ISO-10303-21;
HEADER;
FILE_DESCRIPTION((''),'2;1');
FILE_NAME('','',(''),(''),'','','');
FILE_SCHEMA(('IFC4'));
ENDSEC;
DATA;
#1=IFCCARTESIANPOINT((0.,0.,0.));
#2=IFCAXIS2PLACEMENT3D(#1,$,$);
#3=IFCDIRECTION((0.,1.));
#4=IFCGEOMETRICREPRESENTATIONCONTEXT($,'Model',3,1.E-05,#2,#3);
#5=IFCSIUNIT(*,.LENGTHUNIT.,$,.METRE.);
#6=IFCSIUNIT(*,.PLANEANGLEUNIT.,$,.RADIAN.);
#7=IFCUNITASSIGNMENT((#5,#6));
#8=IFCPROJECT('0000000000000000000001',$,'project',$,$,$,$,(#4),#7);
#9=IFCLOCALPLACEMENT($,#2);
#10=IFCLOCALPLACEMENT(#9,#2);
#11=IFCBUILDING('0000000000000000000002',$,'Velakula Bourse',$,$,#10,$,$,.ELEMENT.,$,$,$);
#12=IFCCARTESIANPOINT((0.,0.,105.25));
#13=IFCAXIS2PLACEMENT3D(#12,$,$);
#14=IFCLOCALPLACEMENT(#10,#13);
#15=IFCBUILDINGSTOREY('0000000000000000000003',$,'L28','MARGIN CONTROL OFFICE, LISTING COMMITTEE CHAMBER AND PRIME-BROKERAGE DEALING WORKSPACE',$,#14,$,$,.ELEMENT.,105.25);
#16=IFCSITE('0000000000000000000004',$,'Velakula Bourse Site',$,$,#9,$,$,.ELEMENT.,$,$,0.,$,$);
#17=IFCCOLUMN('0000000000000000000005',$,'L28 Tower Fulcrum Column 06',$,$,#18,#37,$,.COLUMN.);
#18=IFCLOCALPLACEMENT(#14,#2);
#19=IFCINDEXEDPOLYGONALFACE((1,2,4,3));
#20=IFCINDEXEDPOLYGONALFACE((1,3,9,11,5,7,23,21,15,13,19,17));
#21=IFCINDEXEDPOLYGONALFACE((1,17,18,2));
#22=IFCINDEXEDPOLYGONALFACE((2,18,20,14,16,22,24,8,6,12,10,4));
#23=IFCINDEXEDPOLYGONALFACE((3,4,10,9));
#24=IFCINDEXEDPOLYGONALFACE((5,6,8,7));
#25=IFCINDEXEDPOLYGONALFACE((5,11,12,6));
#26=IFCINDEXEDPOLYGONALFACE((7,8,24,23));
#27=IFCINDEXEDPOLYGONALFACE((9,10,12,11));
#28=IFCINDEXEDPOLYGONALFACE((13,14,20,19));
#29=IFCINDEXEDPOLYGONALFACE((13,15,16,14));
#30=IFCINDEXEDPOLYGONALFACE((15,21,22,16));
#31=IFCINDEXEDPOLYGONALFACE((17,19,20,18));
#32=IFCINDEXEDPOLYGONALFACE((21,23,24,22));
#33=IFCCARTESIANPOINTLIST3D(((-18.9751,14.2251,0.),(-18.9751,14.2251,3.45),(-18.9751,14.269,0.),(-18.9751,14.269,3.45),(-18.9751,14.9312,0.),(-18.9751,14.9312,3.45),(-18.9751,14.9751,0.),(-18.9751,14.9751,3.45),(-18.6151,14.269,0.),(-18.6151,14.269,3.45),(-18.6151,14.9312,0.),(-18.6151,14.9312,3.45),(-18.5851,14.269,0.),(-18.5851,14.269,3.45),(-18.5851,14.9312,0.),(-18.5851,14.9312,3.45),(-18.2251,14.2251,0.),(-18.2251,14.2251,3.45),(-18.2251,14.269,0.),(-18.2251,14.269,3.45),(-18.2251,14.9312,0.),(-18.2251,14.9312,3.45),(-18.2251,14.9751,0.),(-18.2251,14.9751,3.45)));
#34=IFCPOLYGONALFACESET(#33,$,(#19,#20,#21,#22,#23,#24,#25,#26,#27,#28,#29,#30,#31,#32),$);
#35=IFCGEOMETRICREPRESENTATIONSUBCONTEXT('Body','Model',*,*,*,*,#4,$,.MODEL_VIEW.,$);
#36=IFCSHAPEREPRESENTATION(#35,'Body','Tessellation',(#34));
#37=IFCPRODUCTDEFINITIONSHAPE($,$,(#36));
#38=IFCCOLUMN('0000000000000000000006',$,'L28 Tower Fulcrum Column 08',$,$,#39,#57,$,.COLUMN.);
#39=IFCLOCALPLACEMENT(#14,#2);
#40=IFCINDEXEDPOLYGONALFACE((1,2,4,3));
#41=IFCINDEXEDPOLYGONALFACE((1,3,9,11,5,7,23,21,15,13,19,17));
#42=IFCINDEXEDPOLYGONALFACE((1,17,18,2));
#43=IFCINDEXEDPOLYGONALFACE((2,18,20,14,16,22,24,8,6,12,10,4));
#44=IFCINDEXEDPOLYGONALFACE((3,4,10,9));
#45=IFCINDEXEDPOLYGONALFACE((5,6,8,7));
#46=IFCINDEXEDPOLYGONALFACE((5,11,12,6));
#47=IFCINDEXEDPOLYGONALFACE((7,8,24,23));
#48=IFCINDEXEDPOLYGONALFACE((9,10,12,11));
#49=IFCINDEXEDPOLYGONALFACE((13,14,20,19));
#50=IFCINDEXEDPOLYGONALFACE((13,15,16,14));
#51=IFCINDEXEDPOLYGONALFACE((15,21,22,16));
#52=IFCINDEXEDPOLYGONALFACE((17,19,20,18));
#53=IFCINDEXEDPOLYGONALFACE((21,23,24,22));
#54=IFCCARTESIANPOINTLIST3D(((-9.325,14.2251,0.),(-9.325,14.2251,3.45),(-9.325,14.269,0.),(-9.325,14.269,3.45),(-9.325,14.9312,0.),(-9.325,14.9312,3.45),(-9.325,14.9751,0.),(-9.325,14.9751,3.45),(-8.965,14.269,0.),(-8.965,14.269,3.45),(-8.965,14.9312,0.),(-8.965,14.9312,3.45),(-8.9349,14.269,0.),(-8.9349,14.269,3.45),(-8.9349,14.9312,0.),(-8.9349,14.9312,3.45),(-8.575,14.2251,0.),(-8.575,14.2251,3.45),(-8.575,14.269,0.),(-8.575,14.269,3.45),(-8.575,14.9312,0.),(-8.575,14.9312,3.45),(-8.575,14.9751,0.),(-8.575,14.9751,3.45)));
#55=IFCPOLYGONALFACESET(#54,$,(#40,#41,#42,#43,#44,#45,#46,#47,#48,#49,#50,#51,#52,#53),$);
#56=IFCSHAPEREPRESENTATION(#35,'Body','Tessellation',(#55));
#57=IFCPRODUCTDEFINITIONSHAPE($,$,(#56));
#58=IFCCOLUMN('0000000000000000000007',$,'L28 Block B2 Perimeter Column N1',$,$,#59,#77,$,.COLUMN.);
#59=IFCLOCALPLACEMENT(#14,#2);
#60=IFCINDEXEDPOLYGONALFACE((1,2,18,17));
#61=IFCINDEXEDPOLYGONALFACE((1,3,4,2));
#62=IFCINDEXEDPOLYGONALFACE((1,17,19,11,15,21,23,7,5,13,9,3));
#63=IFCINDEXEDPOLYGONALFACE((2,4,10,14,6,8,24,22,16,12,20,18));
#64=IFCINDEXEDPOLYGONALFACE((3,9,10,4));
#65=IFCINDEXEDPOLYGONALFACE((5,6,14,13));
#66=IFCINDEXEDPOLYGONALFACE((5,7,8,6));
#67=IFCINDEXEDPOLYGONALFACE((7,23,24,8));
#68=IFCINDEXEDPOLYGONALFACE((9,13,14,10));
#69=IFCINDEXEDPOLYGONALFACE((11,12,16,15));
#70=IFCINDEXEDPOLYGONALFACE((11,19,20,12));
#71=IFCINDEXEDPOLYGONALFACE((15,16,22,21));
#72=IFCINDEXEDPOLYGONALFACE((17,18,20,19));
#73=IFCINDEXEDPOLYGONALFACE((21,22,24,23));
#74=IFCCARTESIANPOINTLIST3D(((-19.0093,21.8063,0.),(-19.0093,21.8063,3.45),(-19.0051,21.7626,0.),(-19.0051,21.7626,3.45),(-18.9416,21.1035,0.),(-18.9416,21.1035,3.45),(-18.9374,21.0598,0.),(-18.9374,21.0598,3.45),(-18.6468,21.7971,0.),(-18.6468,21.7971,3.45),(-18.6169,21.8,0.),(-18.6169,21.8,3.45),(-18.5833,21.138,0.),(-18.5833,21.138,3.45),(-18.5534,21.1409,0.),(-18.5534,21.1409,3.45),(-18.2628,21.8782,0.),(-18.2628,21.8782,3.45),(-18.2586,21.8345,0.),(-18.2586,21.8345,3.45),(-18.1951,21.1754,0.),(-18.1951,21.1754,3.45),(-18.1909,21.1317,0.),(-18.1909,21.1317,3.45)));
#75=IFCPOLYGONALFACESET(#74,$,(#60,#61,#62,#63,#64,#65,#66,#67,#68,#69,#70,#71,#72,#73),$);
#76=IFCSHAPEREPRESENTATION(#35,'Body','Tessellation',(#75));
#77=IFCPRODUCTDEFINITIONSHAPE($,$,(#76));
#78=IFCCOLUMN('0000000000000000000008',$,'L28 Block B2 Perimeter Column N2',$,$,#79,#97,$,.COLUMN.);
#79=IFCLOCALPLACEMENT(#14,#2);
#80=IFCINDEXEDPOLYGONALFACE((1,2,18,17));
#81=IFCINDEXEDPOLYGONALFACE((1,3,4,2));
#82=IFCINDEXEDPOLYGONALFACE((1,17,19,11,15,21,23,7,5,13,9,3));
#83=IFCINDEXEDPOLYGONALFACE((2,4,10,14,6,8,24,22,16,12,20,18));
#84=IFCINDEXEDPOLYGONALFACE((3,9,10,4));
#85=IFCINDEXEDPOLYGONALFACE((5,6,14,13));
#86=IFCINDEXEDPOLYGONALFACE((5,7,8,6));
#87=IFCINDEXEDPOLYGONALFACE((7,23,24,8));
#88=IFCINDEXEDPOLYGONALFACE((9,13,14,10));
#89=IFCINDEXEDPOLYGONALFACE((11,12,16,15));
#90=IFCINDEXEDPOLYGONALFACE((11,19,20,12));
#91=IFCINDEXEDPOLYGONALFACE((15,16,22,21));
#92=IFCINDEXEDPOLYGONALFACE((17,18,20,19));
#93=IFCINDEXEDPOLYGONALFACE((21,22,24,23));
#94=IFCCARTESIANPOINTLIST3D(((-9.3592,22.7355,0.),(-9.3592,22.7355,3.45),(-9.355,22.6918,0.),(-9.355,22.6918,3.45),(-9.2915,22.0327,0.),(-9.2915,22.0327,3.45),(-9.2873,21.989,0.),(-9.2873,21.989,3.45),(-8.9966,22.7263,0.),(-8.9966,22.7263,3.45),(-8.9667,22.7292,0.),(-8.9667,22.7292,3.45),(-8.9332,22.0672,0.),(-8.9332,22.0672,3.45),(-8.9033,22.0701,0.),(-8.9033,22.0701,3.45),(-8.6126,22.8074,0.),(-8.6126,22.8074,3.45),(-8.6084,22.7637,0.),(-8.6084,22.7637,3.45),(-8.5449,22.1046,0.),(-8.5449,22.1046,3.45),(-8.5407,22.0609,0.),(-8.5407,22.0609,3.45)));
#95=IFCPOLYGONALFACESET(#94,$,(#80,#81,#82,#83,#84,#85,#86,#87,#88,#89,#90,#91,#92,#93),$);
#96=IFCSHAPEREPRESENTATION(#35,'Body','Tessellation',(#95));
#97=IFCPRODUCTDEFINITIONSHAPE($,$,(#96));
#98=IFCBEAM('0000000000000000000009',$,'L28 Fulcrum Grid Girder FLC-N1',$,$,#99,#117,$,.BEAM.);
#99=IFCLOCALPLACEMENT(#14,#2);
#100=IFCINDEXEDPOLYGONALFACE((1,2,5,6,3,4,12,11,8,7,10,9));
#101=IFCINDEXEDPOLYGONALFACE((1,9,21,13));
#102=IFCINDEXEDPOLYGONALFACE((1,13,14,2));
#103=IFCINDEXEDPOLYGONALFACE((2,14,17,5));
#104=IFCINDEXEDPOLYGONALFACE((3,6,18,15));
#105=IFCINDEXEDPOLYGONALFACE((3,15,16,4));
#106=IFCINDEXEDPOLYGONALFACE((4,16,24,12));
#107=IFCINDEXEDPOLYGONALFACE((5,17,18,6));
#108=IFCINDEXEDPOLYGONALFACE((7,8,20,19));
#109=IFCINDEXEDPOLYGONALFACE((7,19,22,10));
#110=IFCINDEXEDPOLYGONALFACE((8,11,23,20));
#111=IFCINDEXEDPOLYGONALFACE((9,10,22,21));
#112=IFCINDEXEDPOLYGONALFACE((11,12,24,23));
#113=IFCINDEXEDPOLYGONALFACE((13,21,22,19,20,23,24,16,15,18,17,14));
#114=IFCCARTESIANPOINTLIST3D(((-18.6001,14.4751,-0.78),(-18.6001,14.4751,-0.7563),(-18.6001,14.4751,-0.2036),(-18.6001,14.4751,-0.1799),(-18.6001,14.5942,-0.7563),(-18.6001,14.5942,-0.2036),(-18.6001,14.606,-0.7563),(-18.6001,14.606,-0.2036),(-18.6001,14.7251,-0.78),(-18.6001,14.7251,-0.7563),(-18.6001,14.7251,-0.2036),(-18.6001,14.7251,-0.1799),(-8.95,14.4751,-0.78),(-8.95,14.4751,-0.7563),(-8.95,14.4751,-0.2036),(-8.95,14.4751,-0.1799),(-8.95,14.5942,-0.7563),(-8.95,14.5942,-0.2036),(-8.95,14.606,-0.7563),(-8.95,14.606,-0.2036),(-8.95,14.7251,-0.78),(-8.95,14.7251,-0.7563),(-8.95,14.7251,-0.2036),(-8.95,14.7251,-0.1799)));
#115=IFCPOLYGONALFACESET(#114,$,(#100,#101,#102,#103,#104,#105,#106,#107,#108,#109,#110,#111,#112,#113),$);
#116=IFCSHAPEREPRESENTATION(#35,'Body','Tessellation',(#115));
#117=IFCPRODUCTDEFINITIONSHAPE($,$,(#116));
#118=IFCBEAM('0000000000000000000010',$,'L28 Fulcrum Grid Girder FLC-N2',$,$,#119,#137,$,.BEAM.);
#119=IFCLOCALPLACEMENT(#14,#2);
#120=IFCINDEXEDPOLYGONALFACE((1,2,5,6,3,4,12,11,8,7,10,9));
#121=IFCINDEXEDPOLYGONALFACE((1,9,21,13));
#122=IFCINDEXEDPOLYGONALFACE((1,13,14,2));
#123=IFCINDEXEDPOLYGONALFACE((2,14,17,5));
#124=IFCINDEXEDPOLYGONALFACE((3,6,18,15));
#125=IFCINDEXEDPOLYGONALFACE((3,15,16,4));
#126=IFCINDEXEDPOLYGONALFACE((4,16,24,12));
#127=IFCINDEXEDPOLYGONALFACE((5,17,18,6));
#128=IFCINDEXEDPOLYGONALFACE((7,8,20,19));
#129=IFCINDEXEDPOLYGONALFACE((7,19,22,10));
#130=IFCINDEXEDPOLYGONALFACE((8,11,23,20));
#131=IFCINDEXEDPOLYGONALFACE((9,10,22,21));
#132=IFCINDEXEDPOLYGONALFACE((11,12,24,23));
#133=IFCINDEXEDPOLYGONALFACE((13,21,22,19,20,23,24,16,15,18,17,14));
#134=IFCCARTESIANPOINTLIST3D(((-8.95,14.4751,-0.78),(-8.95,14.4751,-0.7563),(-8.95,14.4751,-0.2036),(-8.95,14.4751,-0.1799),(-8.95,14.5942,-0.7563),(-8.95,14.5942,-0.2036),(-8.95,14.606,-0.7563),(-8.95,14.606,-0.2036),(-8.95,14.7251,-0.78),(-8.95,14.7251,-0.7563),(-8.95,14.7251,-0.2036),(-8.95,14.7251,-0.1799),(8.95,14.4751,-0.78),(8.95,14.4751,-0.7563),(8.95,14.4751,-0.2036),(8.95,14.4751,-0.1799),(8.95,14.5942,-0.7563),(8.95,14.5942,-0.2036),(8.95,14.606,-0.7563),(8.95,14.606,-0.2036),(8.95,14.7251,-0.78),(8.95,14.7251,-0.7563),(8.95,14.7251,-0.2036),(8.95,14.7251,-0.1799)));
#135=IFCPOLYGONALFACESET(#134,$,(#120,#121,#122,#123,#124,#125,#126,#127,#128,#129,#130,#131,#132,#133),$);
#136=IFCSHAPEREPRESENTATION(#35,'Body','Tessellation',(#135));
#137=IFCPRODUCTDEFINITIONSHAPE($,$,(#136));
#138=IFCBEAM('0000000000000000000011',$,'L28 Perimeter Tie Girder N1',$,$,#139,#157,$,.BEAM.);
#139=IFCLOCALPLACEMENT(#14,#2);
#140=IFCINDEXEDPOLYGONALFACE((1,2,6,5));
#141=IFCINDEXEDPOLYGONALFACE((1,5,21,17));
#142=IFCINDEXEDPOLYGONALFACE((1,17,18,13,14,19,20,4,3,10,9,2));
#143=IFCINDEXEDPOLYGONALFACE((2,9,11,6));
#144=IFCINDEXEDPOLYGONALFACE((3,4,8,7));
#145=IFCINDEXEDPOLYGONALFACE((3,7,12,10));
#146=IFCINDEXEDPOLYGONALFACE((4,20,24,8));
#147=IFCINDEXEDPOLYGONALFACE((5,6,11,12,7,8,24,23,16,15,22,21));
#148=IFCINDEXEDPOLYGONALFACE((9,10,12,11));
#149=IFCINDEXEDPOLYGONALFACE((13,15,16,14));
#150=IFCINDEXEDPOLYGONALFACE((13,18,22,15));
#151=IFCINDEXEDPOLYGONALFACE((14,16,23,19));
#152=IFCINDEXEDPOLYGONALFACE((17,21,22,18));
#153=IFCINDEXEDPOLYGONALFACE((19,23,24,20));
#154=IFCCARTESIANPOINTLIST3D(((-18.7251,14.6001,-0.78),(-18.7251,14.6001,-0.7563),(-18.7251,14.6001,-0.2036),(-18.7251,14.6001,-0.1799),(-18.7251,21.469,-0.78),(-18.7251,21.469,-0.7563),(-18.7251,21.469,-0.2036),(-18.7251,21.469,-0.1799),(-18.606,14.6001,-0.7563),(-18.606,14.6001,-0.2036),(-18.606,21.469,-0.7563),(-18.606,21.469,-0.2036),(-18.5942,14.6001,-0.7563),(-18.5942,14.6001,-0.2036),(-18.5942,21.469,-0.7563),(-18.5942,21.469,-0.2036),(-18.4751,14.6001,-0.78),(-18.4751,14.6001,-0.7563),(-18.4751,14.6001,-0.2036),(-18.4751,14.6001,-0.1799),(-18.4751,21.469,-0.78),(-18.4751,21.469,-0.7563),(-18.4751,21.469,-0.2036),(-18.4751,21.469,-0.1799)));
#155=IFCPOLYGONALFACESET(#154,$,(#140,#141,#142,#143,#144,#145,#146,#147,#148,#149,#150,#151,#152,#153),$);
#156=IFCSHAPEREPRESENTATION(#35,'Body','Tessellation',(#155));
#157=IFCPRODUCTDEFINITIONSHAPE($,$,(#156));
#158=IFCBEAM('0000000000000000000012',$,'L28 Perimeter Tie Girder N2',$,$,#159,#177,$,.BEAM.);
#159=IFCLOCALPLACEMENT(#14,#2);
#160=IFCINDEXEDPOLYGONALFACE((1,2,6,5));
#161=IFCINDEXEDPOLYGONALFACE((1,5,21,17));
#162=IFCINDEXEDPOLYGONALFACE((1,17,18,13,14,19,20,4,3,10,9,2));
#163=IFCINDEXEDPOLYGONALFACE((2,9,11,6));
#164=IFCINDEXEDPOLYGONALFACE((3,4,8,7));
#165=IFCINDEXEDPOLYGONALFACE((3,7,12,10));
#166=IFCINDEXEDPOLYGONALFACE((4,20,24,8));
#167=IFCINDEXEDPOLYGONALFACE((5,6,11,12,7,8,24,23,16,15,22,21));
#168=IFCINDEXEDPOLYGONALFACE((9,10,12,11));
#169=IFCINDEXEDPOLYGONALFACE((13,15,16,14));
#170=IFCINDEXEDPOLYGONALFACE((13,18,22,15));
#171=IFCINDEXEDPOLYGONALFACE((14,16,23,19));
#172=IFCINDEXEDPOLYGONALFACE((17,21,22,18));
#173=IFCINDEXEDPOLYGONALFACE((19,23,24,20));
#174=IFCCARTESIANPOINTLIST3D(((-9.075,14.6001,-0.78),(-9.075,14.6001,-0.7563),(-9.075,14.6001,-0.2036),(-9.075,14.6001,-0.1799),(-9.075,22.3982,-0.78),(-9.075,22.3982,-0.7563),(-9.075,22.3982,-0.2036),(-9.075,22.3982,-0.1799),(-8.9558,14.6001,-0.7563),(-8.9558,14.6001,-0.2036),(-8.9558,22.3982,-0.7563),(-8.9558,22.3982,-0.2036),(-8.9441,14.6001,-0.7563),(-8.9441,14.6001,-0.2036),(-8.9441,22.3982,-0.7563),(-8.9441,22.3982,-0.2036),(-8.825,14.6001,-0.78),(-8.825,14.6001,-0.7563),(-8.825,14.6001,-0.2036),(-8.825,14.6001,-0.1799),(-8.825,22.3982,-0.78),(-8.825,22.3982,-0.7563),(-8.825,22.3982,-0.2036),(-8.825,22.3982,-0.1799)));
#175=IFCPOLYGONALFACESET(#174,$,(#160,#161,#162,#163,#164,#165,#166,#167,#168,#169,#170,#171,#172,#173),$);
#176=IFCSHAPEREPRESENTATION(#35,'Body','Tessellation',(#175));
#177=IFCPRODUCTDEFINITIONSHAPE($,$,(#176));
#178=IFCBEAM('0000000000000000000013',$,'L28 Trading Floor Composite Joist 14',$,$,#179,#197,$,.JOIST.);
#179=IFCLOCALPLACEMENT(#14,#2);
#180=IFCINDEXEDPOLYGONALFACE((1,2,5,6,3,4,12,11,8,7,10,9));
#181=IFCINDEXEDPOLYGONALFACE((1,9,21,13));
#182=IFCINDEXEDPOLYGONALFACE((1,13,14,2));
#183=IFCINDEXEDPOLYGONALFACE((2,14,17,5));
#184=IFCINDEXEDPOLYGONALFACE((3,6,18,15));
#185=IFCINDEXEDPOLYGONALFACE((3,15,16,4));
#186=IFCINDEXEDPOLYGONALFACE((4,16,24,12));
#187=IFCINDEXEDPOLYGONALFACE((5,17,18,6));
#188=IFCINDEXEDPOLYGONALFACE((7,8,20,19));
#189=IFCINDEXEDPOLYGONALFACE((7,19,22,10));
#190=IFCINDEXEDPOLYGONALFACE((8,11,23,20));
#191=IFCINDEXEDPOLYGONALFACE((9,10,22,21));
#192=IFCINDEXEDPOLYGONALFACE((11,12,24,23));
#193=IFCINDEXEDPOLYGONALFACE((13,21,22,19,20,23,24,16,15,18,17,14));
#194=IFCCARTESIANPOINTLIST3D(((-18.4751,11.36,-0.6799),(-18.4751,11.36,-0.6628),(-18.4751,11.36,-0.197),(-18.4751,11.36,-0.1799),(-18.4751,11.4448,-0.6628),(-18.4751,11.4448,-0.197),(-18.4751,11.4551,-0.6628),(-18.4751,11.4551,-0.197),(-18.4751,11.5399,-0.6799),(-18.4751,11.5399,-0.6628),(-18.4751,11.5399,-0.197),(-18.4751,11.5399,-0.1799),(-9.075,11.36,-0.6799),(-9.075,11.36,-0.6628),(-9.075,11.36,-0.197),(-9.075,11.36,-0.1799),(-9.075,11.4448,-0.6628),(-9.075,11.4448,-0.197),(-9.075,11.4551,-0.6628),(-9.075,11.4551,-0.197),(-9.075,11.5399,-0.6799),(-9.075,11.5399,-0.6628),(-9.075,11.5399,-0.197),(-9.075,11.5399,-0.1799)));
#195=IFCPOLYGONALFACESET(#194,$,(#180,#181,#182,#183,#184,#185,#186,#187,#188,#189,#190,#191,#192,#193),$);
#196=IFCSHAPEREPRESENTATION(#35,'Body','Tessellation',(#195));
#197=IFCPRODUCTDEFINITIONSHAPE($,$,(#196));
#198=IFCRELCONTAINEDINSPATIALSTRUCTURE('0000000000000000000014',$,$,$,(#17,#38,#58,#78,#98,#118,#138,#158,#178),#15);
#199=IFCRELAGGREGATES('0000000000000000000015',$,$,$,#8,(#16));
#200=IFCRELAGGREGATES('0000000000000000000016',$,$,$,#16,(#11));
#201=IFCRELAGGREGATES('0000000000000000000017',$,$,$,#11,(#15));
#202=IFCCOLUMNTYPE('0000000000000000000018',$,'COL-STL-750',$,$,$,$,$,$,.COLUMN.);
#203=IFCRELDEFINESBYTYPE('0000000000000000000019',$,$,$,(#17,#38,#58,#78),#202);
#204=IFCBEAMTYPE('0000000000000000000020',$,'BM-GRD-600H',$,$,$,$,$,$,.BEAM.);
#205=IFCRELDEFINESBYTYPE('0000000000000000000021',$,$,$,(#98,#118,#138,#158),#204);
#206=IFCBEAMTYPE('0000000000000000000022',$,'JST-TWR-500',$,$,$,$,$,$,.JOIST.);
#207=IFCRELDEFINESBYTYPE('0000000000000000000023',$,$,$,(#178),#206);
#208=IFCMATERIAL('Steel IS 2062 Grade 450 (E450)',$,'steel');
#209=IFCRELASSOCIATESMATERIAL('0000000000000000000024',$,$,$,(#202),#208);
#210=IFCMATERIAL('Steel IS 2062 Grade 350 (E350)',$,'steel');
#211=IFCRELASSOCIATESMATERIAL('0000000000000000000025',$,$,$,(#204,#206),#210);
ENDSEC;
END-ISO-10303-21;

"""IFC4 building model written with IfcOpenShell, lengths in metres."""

from ifc_helpers import new_model, si_unit, direction, frame, origin, origin_2d, place, context, subcontext, project, spatial, i_section, extrude, material, material_profile, profile_set, type_object, element, save


model = new_model("IFC4")

# Units and contexts
model_context = context("Model", 3, precision=1e-05, world=origin(), true_north=direction((0.0, 1.0)))
body_context = subcontext(model_context, "Body", "Model", "MODEL_VIEW")
ifc_project = project(units=[si_unit("LENGTHUNIT", "METRE"), si_unit("PLANEANGLEUNIT", "RADIAN")], contexts=[model_context])

# Site, building, storey
site_placement = place(None, origin())
site = spatial("IfcSite", under=ifc_project, at=site_placement, Name="Velakula Bourse Site", CompositionType="ELEMENT", RefElevation=0.0)
building_placement = place(site_placement, origin())
building = spatial("IfcBuilding", under=site, at=building_placement, Name="Velakula Bourse", CompositionType="ELEMENT")
storey_placement = place(building_placement, frame((0.0, 0.0, 105.25)))
storey = spatial("IfcBuildingStorey", under=building, at=storey_placement, Name="L28", Description="MARGIN CONTROL OFFICE, LISTING COMMITTEE CHAMBER AND PRIME-BROKERAGE DEALING WORKSPACE", CompositionType="ELEMENT", Elevation=105.25)

# Columns
ifc_material_1 = material(Name="Steel IS 2062 Grade 450 (E450)", Category="steel")
ifc_material_profile_1 = material_profile(ifc_material_1, i_section(OverallWidth=0.75, OverallDepth=0.75, WebThickness=0.03, FlangeThickness=0.0439, at=origin_2d()), Name="Steel IS 2062 Grade 450 (E450)")
ifc_profile_set_1 = profile_set([ifc_material_profile_1], Name="Steel IS 2062 Grade 450 (E450)")
column_type = type_object("IfcColumnType", Name="COL-STL-750", PredefinedType="COLUMN", material=ifc_profile_set_1)
for number, where, z_axis, x_axis, name in (
    (1, (-18.6001, 14.6001, 0.0), (0.0, 0.0, 1.0), (1.0, 0.0, 0.0), "L28 Tower Fulcrum Column 06"),
    (2, (-8.95, 14.6001, 0.0), (0.0, 0.0, 1.0), (1.0, 0.0, 0.0), "L28 Tower Fulcrum Column 08"),
    (3, (-18.6001, 21.469, 0.0), (0.0, 0.0, 1.0), (0.995396, 0.095846, 0.0), "L28 Block B2 Perimeter Column N1"),
    (4, (-8.95, 22.3982, 0.0), (0.0, 0.0, 1.0), (0.995396, 0.095846, 0.0), "L28 Block B2 Perimeter Column N2"),
):
    element("IfcColumn", number, at=place(storey_placement, frame(where, z_axis=z_axis, x_axis=x_axis)), inside=storey, type_object=column_type, Name=name, PredefinedType="COLUMN", context=body_context, shape_type="SweptSolid", body=[
        extrude(i_section(OverallWidth=0.75, OverallDepth=0.75, WebThickness=0.03, FlangeThickness=0.0439, at=origin_2d()), origin(), (0.0, 0.0, 1.0), 3.45),
    ])

# Beams
ifc_material_2 = material(Name="Steel IS 2062 Grade 350 (E350)", Category="steel")
ifc_material_profile_2 = material_profile(ifc_material_2, i_section(OverallWidth=0.25, OverallDepth=0.6001, WebThickness=0.0117, FlangeThickness=0.0237, at=origin_2d()), Name="Steel IS 2062 Grade 350 (E350)")
ifc_profile_set_2 = profile_set([ifc_material_profile_2], Name="Steel IS 2062 Grade 350 (E350)")
beam_type_1 = type_object("IfcBeamType", Name="BM-GRD-600H", PredefinedType="BEAM", material=ifc_profile_set_2)
beam_1_placement = place(storey_placement, frame((-18.6001, 14.6001, -0.48), z_axis=(1.0, 0.0, 0.0), x_axis=(0.0, 1.0, 0.0)))
element("IfcBeam", 5, at=beam_1_placement, inside=storey, type_object=beam_type_1, Name="L28 Fulcrum Grid Girder FLC-N1", PredefinedType="BEAM", context=body_context, shape_type="SweptSolid", body=[
    extrude(i_section(OverallWidth=0.25, OverallDepth=0.6001, WebThickness=0.0117, FlangeThickness=0.0237, at=origin_2d()), origin(), (0.0, 0.0, 1.0), 9.6501),
])
beam_2_placement = place(storey_placement, frame((-8.95, 14.6001, -0.48), z_axis=(1.0, 0.0, 0.0), x_axis=(0.0, 1.0, 0.0)))
element("IfcBeam", 6, at=beam_2_placement, inside=storey, type_object=beam_type_1, Name="L28 Fulcrum Grid Girder FLC-N2", PredefinedType="BEAM", context=body_context, shape_type="SweptSolid", body=[
    extrude(i_section(OverallWidth=0.25, OverallDepth=0.6001, WebThickness=0.0117, FlangeThickness=0.0237, at=origin_2d()), origin(), (0.0, 0.0, 1.0), 17.8999),
])
beam_3_placement = place(storey_placement, frame((-18.6001, 14.6001, -0.48), z_axis=(0.0, 1.0, 0.0), x_axis=(-1.0, 0.0, 0.0)))
element("IfcBeam", 7, at=beam_3_placement, inside=storey, type_object=beam_type_1, Name="L28 Perimeter Tie Girder N1", PredefinedType="BEAM", context=body_context, shape_type="SweptSolid", body=[
    extrude(i_section(OverallWidth=0.25, OverallDepth=0.6001, WebThickness=0.0117, FlangeThickness=0.0237, at=origin_2d()), origin(), (0.0, 0.0, 1.0), 6.8689),
])
beam_4_placement = place(storey_placement, frame((-8.95, 14.6001, -0.48), z_axis=(0.0, 1.0, 0.0), x_axis=(-1.0, 0.0, 0.0)))
element("IfcBeam", 8, at=beam_4_placement, inside=storey, type_object=beam_type_1, Name="L28 Perimeter Tie Girder N2", PredefinedType="BEAM", context=body_context, shape_type="SweptSolid", body=[
    extrude(i_section(OverallWidth=0.25, OverallDepth=0.6001, WebThickness=0.0117, FlangeThickness=0.0237, at=origin_2d()), origin(), (0.0, 0.0, 1.0), 7.7981),
])
ifc_material_profile_3 = material_profile(ifc_material_2, i_section(OverallWidth=0.1799, OverallDepth=0.5, WebThickness=0.0103, FlangeThickness=0.0171, at=origin_2d()), Name="Steel IS 2062 Grade 350 (E350)")
ifc_profile_set_3 = profile_set([ifc_material_profile_3], Name="Steel IS 2062 Grade 350 (E350)")
beam_type_2 = type_object("IfcBeamType", Name="JST-TWR-500", PredefinedType="JOIST", material=ifc_profile_set_3)
beam_5_placement = place(storey_placement, frame((-18.4751, 11.45, -0.4299), z_axis=(1.0, 0.0, 0.0), x_axis=(0.0, 1.0, 0.0)))
element("IfcBeam", 9, at=beam_5_placement, inside=storey, type_object=beam_type_2, Name="L28 Trading Floor Composite Joist 14", PredefinedType="JOIST", context=body_context, shape_type="SweptSolid", body=[
    extrude(i_section(OverallWidth=0.1799, OverallDepth=0.5, WebThickness=0.0103, FlangeThickness=0.0171, at=origin_2d()), origin(), (0.0, 0.0, 1.0), 9.4001),
])

save(model, "model.ifc")
